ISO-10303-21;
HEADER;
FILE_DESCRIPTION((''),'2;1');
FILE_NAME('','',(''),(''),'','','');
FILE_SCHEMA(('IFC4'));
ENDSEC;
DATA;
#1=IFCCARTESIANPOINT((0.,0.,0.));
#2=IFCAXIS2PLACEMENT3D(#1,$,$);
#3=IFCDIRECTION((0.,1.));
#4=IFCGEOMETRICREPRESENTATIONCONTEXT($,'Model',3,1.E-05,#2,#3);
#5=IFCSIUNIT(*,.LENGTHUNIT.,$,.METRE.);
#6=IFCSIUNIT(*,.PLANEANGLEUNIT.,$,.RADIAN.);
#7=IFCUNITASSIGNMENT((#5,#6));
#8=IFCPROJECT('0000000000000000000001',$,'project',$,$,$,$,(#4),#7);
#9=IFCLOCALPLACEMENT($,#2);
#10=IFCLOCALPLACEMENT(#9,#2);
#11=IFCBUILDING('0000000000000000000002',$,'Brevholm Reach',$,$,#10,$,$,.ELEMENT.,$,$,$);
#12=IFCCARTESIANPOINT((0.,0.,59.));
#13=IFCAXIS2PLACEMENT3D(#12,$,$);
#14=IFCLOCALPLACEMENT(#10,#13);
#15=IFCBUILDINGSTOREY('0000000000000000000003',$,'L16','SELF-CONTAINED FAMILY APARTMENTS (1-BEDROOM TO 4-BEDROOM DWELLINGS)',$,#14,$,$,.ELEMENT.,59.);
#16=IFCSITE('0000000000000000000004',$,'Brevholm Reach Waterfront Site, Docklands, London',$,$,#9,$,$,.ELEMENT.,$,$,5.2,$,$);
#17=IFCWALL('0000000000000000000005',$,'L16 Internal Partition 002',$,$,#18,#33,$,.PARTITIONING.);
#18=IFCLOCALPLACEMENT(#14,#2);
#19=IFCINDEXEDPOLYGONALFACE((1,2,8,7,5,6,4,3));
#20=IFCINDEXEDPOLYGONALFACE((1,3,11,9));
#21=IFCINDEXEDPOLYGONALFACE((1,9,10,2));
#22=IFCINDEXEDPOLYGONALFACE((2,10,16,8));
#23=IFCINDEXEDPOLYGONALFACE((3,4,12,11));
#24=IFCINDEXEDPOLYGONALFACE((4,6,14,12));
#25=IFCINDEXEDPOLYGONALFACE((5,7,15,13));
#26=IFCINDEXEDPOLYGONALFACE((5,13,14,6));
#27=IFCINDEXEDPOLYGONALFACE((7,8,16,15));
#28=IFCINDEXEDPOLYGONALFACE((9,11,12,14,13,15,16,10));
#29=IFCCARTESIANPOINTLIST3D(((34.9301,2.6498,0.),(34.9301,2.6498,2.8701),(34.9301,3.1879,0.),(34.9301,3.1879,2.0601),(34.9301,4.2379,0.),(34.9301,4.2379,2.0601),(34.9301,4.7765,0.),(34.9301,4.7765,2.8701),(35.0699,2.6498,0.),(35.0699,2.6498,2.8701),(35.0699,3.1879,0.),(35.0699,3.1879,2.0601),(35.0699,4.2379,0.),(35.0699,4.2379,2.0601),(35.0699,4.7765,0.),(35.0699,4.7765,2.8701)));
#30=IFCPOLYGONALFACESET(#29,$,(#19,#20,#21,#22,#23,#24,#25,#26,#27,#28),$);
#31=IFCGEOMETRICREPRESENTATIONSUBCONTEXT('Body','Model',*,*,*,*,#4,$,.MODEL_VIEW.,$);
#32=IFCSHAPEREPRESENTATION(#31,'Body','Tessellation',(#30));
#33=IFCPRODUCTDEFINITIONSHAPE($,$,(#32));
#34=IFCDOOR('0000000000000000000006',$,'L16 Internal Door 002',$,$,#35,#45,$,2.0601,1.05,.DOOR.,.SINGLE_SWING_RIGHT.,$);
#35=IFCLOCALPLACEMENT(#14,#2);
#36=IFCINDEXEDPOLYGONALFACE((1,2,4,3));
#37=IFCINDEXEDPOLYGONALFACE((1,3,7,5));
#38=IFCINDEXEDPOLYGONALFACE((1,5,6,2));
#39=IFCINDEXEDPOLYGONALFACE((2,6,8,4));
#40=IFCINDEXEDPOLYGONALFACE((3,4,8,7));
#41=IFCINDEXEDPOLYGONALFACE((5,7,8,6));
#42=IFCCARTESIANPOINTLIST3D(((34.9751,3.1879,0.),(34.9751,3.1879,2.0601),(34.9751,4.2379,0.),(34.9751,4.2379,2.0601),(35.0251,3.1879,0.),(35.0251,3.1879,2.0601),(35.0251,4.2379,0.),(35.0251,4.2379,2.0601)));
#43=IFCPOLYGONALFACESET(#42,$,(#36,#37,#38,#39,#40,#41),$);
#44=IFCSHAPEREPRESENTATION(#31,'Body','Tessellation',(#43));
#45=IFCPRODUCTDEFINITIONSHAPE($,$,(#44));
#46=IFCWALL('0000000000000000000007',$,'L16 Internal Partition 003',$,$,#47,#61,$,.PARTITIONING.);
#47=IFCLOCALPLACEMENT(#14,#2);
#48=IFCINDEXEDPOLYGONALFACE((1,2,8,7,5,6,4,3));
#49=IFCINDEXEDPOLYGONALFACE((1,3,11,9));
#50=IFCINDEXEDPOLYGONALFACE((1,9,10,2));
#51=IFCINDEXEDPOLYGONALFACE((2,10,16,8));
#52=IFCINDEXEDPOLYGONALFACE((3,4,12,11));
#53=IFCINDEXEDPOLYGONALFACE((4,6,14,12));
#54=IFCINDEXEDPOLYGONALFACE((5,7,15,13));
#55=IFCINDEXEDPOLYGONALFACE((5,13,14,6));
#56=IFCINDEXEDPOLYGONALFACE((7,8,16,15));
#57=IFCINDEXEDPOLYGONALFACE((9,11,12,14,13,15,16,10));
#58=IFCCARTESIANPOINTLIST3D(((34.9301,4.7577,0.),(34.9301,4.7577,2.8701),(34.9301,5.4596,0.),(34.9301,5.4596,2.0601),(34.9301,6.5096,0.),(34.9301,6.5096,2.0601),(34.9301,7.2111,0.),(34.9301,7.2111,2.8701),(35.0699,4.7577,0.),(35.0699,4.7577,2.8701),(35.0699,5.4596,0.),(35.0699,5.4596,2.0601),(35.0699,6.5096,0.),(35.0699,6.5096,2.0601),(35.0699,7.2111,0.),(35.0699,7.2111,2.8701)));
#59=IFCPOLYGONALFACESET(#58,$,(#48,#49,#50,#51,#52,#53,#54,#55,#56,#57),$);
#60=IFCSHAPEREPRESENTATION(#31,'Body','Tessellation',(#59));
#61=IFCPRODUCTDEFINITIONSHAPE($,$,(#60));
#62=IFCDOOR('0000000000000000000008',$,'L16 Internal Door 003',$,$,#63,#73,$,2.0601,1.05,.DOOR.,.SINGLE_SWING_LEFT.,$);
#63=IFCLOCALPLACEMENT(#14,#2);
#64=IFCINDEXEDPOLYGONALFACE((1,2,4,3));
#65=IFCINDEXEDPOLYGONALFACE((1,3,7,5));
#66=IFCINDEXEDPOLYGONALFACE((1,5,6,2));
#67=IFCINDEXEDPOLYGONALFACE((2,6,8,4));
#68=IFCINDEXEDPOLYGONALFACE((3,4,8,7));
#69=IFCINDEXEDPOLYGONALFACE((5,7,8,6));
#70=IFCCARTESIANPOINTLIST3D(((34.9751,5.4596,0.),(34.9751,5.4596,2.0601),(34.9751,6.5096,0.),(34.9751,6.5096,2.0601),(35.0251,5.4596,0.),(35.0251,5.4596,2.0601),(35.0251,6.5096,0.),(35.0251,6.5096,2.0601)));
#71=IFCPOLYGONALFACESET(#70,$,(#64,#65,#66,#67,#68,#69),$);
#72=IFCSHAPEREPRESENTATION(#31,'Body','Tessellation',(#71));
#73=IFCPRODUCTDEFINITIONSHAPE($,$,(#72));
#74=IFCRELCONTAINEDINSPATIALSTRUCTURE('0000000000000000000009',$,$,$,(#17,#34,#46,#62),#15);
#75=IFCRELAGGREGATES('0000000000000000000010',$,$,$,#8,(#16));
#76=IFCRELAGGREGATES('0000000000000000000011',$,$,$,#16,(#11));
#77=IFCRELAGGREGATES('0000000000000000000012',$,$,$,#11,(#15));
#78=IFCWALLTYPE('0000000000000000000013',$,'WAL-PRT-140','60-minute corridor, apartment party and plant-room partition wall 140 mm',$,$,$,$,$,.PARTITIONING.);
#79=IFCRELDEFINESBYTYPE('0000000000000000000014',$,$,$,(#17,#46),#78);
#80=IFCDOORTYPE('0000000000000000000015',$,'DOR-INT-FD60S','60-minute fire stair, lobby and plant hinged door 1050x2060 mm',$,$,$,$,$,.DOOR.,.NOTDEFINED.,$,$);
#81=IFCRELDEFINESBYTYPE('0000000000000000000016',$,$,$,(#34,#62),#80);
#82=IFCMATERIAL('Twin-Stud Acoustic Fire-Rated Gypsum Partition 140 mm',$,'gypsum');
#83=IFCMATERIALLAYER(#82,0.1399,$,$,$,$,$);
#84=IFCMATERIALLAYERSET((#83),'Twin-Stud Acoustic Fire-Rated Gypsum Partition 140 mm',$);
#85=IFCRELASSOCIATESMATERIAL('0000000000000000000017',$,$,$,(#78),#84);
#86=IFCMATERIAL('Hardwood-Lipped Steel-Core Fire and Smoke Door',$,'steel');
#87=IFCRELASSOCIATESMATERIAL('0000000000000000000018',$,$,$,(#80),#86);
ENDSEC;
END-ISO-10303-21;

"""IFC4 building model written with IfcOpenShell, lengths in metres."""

from ifc_helpers import new_model, si_unit, direction, frame, frame_2d, origin, place, context, subcontext, project, spatial, rectangle, extrude, material, layer, layer_set, type_object, element, fill, save


model = new_model("IFC4")

# Units and contexts
model_context = context("Model", 3, precision=1e-05, world=origin(), true_north=direction((0.0, 1.0)))
body_context = subcontext(model_context, "Body", "Model", "MODEL_VIEW")
ifc_project = project(units=[si_unit("LENGTHUNIT", "METRE"), si_unit("PLANEANGLEUNIT", "RADIAN")], contexts=[model_context])

# Site, building, storey
site_placement = place(None, origin())
site = spatial("IfcSite", under=ifc_project, at=site_placement, Name="Brevholm Reach Waterfront Site, Docklands, London", CompositionType="ELEMENT", RefElevation=5.2)
building_placement = place(site_placement, origin())
building = spatial("IfcBuilding", under=site, at=building_placement, Name="Brevholm Reach", CompositionType="ELEMENT")
storey_placement = place(building_placement, frame((0.0, 0.0, 59.0)))
storey = spatial("IfcBuildingStorey", under=building, at=storey_placement, Name="L16", Description="SELF-CONTAINED FAMILY APARTMENTS (1-BEDROOM TO 4-BEDROOM DWELLINGS)", CompositionType="ELEMENT", Elevation=59.0)

# Walls, openings, doors
ifc_material_1 = material(Name="Twin-Stud Acoustic Fire-Rated Gypsum Partition 140 mm", Category="gypsum")
ifc_layer_1 = layer(ifc_material_1, 0.1399)
ifc_layer_set_1 = layer_set([ifc_layer_1], Name="Twin-Stud Acoustic Fire-Rated Gypsum Partition 140 mm")
wall_type_1 = type_object("IfcWallType", Name="WAL-PRT-140", Description="60-minute corridor, apartment party and plant-room partition wall 140 mm", PredefinedType="PARTITIONING", material=ifc_layer_set_1)
ifc_material_2 = material(Name="Hardwood-Lipped Steel-Core Fire and Smoke Door", Category="steel")
door_type_1 = type_object("IfcDoorType", Name="DOR-INT-FD60S", Description="60-minute fire stair, lobby and plant hinged door 1050x2060 mm", OperationType="NOTDEFINED", PredefinedType="DOOR", material=ifc_material_2)
wall_1_placement = place(storey_placement, frame((35.0, 2.6497, 0.0), z_axis=(0.0, 0.0, 1.0), x_axis=(0.0, 1.0, 0.0)))
wall_1 = element("IfcWall", 1, at=wall_1_placement, inside=storey, type_object=wall_type_1, Name="L16 Internal Partition 002", PredefinedType="PARTITIONING", context=body_context, shape_type="SweptSolid", body=[
    extrude(rectangle(XDim=2.1267, YDim=0.1399, at=frame_2d((1.0635, 0.0))), origin(), (0.0, 0.0, 1.0), 2.8701),
])
opening_1_placement = place(wall_1_placement, frame((0.5383, 0.0, 0.0)))
opening_1 = element("IfcOpeningElement", 2, at=opening_1_placement, cuts=wall_1, PredefinedType="OPENING", context=body_context, shape_type="SweptSolid", body=[
    extrude(rectangle(XDim=1.05, YDim=2.0601, at=frame_2d((0.5249, 1.03))), frame((0.0, 0.0798, 0.0), z_axis=(0.0, -1.0, 0.0), x_axis=(1.0, 0.0, 0.0)), (0.0, 0.0, 1.0), 0.1599),
])
door_1_placement = place(opening_1_placement, origin())
door_1 = element("IfcDoor", 3, at=door_1_placement, inside=storey, type_object=door_type_1, Name="L16 Internal Door 002", OperationType="SINGLE_SWING_RIGHT", OverallHeight=2.0601, OverallWidth=1.05, PredefinedType="DOOR", context=body_context, shape_type="SweptSolid", body=[
    extrude(rectangle(XDim=1.05, YDim=2.0601, at=frame_2d((0.5249, 1.03))), frame((0.0, 0.0249, 0.0), z_axis=(0.0, -1.0, 0.0), x_axis=(1.0, 0.0, 0.0)), (0.0, 0.0, 1.0), 0.05),
])
fill(opening_1, door_1)
wall_2_placement = place(storey_placement, frame((35.0, 4.7578, 0.0), z_axis=(0.0, 0.0, 1.0), x_axis=(0.0, 1.0, 0.0)))
wall_2 = element("IfcWall", 4, at=wall_2_placement, inside=storey, type_object=wall_type_1, Name="L16 Internal Partition 003", PredefinedType="PARTITIONING", context=body_context, shape_type="SweptSolid", body=[
    extrude(rectangle(XDim=2.4534, YDim=0.1399, at=frame_2d((1.2266, 0.0))), origin(), (0.0, 0.0, 1.0), 2.8701),
])
opening_2_placement = place(wall_2_placement, frame((0.7019, 0.0, 0.0)))
opening_2 = element("IfcOpeningElement", 5, at=opening_2_placement, cuts=wall_2, PredefinedType="OPENING", context=body_context, shape_type="SweptSolid", body=[
    extrude(rectangle(XDim=1.05, YDim=2.0601, at=frame_2d((0.5249, 1.03))), frame((0.0, 0.0798, 0.0), z_axis=(0.0, -1.0, 0.0), x_axis=(1.0, 0.0, 0.0)), (0.0, 0.0, 1.0), 0.1599),
])
door_2_placement = place(opening_2_placement, origin())
door_2 = element("IfcDoor", 6, at=door_2_placement, inside=storey, type_object=door_type_1, Name="L16 Internal Door 003", OperationType="SINGLE_SWING_LEFT", OverallHeight=2.0601, OverallWidth=1.05, PredefinedType="DOOR", context=body_context, shape_type="SweptSolid", body=[
    extrude(rectangle(XDim=1.05, YDim=2.0601, at=frame_2d((0.5249, 1.03))), frame((0.0, 0.0249, 0.0), z_axis=(0.0, -1.0, 0.0), x_axis=(1.0, 0.0, 0.0)), (0.0, 0.0, 1.0), 0.05),
])
fill(opening_2, door_2)

save(model, "model.ifc")
